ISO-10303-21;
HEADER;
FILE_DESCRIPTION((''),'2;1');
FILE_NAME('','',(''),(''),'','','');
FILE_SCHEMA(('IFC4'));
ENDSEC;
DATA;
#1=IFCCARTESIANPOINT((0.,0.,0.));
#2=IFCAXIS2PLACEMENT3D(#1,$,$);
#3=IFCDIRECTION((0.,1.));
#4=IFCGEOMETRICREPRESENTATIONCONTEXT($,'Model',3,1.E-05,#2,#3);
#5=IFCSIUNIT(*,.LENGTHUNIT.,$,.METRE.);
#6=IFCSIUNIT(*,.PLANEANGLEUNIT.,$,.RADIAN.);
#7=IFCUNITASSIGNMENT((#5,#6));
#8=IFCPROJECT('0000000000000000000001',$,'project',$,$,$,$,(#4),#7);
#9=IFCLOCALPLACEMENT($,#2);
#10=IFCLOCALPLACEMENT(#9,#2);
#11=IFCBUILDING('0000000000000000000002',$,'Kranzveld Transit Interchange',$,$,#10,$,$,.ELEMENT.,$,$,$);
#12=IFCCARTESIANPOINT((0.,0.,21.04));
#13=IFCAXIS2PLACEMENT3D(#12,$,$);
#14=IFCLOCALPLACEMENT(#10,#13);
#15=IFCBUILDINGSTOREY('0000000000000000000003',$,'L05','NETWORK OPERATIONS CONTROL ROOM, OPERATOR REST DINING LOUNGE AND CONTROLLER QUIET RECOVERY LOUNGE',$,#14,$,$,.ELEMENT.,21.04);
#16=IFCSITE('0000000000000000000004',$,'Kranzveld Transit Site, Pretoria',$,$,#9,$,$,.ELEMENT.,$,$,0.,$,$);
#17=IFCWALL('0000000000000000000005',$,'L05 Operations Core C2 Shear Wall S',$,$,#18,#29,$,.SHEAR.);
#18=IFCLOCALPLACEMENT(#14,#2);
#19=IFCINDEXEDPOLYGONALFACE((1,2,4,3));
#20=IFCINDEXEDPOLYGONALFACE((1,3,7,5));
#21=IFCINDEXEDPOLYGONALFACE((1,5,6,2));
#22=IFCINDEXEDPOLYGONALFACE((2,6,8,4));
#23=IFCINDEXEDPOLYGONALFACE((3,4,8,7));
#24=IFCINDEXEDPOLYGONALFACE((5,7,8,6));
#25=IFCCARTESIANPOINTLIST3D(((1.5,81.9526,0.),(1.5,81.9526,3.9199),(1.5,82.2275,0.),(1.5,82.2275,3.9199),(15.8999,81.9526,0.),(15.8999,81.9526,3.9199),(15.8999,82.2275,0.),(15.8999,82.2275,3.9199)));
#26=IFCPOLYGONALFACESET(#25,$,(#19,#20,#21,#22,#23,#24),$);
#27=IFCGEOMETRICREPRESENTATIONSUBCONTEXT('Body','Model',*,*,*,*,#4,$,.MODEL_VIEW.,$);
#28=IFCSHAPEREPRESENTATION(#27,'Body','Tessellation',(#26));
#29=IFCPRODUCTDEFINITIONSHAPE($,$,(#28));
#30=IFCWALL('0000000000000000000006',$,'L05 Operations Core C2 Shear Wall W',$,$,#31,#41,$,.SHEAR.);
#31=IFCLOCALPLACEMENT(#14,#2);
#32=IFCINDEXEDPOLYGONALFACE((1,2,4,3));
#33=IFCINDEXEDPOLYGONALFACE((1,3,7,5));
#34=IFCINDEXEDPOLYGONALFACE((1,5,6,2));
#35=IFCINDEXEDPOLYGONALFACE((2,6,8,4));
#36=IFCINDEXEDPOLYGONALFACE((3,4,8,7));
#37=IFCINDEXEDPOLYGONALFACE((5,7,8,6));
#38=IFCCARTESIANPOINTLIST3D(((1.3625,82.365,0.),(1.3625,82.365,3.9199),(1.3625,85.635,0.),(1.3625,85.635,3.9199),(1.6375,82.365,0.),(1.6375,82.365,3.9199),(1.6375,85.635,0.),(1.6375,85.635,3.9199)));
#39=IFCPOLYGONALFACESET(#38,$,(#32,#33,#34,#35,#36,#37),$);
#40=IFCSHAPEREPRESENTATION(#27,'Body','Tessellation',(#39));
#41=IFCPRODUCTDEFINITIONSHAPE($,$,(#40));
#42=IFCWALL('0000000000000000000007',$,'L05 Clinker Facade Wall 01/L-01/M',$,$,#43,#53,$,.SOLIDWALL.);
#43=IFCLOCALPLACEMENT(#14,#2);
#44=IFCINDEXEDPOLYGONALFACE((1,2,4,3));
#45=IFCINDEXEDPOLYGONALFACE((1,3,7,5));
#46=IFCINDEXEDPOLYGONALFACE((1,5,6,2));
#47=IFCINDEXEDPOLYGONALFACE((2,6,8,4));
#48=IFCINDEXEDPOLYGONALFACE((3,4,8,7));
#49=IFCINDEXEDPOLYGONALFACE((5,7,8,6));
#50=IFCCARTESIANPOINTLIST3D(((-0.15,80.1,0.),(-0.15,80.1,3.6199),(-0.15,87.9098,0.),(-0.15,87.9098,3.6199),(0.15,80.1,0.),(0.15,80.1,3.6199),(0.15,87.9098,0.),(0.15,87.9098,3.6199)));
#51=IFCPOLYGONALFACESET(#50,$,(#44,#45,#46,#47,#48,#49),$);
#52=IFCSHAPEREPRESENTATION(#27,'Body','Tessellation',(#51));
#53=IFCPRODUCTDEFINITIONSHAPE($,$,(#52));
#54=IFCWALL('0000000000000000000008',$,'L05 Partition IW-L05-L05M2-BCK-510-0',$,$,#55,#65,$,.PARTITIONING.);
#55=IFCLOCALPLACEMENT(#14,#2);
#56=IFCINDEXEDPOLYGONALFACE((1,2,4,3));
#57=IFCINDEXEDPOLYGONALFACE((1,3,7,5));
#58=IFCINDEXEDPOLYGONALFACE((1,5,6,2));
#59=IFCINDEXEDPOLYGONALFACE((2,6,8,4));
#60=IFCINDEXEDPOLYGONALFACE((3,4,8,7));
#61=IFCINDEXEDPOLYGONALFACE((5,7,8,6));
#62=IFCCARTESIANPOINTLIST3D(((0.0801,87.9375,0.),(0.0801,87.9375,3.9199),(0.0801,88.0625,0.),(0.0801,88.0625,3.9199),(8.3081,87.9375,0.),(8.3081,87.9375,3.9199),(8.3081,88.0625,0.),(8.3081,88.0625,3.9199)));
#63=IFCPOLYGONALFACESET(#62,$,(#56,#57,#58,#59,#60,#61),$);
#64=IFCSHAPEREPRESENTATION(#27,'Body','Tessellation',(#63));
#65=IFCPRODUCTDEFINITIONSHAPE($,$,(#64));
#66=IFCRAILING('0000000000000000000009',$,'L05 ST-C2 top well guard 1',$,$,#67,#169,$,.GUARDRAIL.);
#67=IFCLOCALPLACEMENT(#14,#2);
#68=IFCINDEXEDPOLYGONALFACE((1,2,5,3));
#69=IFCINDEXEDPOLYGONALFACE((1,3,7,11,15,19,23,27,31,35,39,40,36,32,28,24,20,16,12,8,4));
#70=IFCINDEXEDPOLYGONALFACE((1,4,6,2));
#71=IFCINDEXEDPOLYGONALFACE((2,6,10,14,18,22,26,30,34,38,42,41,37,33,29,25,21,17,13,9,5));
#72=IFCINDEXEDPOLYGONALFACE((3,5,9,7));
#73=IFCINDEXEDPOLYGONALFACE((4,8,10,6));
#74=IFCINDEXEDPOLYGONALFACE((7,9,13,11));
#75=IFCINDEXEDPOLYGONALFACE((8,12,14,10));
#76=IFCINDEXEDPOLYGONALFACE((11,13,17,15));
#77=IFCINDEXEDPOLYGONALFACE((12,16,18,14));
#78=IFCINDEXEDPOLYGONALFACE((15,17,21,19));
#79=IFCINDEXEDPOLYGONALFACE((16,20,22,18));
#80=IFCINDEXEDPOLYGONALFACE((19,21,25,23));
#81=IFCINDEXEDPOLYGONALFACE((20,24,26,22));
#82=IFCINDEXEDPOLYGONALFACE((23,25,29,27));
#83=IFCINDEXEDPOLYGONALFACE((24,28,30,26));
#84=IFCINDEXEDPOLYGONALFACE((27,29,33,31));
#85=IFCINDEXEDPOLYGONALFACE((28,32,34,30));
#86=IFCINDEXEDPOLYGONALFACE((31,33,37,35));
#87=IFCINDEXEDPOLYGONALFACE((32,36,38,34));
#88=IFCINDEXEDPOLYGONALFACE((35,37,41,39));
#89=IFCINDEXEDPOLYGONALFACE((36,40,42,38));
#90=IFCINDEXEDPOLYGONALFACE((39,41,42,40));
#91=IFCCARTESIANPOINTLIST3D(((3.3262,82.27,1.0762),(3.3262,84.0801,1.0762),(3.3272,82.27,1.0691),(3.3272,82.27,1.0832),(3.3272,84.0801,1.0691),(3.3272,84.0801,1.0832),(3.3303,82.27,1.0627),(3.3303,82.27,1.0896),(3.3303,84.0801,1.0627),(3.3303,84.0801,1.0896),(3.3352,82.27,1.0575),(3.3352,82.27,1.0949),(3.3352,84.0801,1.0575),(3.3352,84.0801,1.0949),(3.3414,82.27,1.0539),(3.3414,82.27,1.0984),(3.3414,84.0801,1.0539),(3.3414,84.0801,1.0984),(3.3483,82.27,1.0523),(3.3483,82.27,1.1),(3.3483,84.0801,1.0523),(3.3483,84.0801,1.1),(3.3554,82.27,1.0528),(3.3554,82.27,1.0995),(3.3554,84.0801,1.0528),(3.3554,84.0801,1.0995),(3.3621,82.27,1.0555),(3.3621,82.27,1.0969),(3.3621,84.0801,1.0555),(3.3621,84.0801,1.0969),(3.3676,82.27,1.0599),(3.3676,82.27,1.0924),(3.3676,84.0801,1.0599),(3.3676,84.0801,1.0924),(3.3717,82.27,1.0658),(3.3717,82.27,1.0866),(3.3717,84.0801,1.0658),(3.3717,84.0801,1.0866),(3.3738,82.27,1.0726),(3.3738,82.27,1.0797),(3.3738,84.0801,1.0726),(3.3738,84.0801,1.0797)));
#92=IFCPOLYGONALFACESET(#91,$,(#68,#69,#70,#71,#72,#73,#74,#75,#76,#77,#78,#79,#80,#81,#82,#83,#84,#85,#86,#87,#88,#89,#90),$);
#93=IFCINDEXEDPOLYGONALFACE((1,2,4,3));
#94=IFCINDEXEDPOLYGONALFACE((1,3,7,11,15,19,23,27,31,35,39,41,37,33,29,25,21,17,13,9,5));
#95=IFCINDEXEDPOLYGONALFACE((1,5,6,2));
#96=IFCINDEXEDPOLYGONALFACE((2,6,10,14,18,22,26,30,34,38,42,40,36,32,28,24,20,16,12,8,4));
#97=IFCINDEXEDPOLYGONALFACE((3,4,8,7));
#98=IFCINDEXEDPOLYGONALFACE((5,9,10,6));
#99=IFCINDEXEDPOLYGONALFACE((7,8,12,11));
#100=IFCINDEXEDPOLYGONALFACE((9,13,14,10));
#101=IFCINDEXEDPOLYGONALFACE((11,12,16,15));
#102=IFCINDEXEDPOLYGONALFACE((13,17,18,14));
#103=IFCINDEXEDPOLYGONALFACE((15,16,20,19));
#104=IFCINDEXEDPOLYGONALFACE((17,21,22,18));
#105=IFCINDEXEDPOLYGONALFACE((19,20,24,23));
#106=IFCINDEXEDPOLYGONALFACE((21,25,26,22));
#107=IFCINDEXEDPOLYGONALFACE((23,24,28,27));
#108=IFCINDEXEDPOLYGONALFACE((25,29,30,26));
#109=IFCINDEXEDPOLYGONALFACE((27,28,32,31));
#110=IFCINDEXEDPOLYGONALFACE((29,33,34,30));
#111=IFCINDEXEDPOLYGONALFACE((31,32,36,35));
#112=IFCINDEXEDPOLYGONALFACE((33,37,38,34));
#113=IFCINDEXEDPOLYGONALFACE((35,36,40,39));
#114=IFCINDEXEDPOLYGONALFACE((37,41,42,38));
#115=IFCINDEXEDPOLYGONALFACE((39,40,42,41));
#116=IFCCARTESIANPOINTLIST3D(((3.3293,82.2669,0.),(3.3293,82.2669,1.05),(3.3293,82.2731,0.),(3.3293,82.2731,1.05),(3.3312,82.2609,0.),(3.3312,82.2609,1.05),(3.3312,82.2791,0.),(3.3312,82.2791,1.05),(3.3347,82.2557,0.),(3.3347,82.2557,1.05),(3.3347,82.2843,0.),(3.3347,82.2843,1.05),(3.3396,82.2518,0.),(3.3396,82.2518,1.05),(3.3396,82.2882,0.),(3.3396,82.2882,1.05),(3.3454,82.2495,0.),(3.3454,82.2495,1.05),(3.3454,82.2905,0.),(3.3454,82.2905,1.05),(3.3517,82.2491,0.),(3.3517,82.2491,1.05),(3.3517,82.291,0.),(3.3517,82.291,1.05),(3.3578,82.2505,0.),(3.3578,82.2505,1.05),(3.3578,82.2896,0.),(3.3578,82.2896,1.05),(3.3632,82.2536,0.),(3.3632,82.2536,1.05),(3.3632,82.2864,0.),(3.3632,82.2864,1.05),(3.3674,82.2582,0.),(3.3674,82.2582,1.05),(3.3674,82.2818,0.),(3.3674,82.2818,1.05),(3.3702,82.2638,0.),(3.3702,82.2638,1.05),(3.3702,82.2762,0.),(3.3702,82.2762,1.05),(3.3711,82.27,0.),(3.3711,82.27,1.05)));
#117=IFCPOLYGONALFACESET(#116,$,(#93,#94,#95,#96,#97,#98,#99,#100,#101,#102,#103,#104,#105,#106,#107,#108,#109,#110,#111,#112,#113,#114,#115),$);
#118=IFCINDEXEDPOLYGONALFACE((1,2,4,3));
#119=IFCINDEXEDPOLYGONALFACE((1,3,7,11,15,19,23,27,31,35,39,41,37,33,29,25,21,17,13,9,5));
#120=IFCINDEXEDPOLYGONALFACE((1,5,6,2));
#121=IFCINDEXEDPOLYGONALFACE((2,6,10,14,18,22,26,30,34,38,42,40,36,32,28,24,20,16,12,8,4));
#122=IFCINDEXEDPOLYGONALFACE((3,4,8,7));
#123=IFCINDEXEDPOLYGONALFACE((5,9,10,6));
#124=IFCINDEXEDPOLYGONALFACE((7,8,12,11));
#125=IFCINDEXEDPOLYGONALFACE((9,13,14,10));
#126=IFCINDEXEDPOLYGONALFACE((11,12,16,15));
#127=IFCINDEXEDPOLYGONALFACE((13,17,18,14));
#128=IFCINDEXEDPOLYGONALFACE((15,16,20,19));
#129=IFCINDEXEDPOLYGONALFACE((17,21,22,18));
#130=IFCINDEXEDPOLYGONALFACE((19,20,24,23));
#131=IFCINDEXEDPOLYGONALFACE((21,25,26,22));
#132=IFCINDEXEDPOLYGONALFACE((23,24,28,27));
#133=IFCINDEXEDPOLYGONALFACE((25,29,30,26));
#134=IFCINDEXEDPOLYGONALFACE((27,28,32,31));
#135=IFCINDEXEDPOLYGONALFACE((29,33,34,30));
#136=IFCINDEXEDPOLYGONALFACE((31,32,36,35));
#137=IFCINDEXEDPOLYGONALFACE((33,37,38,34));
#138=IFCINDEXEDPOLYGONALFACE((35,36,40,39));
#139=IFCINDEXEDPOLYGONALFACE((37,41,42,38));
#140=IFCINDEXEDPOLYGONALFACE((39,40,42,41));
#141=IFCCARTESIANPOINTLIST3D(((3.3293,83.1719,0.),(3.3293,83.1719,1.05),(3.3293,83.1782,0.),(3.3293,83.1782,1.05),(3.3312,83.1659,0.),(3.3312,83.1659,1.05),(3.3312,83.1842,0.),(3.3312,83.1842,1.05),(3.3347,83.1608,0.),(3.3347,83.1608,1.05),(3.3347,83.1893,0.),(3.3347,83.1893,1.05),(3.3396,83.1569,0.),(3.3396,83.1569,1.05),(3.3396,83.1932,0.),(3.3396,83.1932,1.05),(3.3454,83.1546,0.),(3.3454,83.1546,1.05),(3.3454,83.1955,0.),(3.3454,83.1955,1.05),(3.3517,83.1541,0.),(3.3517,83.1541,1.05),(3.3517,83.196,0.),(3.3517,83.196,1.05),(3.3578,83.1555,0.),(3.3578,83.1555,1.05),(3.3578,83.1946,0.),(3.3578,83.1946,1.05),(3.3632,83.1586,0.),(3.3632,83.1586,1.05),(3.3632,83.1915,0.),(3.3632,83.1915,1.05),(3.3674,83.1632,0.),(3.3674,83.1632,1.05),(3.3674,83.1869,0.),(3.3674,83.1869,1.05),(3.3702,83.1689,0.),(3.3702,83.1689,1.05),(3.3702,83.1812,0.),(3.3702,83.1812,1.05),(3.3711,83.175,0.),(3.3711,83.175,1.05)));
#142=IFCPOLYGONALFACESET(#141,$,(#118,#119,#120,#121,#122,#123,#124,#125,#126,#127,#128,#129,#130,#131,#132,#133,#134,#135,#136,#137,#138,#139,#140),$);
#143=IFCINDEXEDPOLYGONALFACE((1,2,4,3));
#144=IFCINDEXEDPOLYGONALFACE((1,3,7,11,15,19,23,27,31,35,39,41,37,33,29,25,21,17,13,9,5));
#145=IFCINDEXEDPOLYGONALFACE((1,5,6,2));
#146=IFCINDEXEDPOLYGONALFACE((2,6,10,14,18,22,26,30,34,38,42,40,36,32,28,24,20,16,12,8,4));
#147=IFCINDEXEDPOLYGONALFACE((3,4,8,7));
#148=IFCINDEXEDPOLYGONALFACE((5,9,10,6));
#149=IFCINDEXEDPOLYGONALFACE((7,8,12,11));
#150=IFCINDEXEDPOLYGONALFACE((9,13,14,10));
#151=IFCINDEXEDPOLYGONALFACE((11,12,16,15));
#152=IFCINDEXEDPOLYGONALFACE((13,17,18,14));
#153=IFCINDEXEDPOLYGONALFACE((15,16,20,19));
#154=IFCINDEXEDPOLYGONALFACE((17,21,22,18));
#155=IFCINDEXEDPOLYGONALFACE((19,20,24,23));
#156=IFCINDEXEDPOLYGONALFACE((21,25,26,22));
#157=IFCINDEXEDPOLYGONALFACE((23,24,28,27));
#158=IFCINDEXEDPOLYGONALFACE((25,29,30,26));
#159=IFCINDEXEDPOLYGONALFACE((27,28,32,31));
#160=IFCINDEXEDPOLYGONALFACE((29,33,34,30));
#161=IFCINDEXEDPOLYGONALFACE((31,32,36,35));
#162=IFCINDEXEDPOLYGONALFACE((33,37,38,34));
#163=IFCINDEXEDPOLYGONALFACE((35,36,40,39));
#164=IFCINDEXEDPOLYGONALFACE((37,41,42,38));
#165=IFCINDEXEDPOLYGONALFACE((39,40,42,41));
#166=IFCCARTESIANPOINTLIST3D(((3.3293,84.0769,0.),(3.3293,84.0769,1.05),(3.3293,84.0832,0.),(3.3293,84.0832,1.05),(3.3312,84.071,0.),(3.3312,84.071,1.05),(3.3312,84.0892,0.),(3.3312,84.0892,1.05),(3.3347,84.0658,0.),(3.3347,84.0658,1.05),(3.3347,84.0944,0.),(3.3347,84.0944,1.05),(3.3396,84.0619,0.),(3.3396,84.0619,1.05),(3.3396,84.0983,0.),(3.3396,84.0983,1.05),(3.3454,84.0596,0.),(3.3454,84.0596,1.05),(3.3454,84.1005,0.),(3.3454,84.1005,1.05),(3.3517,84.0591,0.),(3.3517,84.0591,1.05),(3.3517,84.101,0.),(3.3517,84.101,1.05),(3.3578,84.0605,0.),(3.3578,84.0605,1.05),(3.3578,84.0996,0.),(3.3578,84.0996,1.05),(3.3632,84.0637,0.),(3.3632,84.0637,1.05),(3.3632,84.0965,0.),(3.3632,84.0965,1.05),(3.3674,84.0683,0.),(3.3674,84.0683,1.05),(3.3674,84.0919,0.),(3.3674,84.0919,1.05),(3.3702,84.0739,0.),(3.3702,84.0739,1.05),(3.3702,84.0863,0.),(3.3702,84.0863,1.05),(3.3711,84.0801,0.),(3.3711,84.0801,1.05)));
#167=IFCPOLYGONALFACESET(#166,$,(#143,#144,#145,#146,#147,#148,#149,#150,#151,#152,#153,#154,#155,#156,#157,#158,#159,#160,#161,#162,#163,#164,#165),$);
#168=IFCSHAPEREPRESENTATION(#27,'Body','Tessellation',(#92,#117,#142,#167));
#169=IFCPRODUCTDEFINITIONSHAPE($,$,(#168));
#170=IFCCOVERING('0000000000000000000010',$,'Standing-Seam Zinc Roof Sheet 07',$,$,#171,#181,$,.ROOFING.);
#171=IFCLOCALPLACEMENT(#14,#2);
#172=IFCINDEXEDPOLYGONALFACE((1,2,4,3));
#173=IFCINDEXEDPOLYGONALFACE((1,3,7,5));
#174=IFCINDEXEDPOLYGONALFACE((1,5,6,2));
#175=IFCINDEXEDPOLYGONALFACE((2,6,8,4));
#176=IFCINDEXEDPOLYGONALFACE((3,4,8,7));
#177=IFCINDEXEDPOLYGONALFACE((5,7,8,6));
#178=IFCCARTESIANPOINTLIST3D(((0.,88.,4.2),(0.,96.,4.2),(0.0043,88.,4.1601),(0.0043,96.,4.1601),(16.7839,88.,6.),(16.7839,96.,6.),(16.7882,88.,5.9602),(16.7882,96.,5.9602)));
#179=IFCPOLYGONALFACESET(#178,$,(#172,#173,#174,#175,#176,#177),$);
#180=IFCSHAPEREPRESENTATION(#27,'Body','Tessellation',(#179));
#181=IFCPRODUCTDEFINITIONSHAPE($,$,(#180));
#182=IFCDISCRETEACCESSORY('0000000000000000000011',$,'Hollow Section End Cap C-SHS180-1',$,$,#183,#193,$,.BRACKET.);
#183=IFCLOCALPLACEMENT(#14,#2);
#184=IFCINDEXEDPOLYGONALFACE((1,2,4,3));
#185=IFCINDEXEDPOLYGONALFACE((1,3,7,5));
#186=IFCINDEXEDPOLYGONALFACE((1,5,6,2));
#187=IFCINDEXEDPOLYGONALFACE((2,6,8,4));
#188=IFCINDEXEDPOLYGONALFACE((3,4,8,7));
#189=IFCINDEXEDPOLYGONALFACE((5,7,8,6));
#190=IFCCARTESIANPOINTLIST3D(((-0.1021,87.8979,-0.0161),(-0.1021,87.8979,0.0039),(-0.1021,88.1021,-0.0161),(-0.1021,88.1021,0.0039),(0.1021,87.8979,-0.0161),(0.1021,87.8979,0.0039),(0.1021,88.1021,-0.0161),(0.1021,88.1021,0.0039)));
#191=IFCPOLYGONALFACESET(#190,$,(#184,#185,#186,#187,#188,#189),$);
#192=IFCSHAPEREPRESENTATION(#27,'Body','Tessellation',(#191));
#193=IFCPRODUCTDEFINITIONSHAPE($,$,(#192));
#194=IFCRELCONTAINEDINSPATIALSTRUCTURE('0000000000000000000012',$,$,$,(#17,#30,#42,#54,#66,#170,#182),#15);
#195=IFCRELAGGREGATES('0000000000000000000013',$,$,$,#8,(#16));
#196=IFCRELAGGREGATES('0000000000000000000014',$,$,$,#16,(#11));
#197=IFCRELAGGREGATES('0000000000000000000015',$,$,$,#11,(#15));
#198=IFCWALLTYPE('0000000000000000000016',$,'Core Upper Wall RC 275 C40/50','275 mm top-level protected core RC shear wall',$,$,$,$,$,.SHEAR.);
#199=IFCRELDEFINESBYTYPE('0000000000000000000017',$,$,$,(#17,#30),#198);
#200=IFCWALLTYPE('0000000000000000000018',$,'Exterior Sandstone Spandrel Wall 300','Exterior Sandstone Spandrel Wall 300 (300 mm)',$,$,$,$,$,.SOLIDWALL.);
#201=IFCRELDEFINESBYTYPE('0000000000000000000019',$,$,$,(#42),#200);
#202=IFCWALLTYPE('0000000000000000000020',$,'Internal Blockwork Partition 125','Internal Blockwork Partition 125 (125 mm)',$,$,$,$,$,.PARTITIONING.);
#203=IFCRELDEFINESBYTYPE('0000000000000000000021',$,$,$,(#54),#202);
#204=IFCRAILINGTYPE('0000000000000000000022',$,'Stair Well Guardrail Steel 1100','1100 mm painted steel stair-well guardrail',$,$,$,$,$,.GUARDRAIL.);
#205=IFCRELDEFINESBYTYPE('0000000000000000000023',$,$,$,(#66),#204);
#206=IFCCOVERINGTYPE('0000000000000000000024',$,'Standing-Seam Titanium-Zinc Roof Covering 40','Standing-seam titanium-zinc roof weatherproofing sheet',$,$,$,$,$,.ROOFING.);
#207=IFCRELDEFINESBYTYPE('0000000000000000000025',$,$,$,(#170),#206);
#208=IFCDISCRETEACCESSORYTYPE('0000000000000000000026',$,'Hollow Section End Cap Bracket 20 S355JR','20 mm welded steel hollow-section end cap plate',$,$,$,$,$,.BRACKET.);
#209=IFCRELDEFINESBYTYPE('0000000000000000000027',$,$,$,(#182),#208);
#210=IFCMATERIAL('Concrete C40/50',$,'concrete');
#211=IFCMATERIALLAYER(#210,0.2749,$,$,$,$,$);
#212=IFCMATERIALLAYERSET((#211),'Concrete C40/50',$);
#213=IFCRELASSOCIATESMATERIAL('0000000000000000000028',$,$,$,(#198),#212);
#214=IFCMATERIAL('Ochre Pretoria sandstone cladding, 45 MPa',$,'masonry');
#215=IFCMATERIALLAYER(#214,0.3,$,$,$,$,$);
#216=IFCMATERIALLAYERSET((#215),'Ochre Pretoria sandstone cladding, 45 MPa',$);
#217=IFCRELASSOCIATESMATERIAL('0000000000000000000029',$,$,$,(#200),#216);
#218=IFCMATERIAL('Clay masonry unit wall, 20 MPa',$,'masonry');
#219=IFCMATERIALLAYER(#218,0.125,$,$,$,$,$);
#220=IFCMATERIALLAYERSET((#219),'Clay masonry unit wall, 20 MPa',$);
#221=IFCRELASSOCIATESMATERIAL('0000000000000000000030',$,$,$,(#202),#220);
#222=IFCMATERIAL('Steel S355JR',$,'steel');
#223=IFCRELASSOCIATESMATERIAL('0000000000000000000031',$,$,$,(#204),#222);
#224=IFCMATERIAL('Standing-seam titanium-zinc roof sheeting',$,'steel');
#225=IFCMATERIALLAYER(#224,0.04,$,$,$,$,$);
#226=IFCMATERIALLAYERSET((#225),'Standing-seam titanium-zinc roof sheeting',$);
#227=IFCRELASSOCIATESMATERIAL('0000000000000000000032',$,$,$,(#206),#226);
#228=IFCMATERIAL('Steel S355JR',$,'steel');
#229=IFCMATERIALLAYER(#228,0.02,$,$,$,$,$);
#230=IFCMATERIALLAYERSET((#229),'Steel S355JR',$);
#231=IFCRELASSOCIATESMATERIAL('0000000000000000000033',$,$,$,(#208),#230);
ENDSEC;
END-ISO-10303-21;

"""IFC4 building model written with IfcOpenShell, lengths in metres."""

from ifc_helpers import new_model, si_unit, direction, frame, frame_2d, origin, origin_2d, place, context, subcontext, project, spatial, polyline, rectangle, circle, outline, extrude, material, layer, layer_set, type_object, element, save


model = new_model("IFC4")

# Units and contexts
model_context = context("Model", 3, precision=1e-05, world=origin(), true_north=direction((0.0, 1.0)))
body_context = subcontext(model_context, "Body", "Model", "MODEL_VIEW")
ifc_project = project(units=[si_unit("LENGTHUNIT", "METRE"), si_unit("PLANEANGLEUNIT", "RADIAN")], contexts=[model_context])

# Site, building, storey
site_placement = place(None, origin())
site = spatial("IfcSite", under=ifc_project, at=site_placement, Name="Kranzveld Transit Site, Pretoria", CompositionType="ELEMENT", RefElevation=0.0)
building_placement = place(site_placement, origin())
building = spatial("IfcBuilding", under=site, at=building_placement, Name="Kranzveld Transit Interchange", CompositionType="ELEMENT")
storey_placement = place(building_placement, frame((0.0, 0.0, 21.04)))
storey = spatial("IfcBuildingStorey", under=building, at=storey_placement, Name="L05", Description="NETWORK OPERATIONS CONTROL ROOM, OPERATOR REST DINING LOUNGE AND CONTROLLER QUIET RECOVERY LOUNGE", CompositionType="ELEMENT", Elevation=21.04)

# Wall
ifc_material_1 = material(Name="Concrete C40/50", Category="concrete")
ifc_layer_1 = layer(ifc_material_1, 0.2749)
ifc_layer_set_1 = layer_set([ifc_layer_1], Name="Concrete C40/50")
wall_type_1 = type_object("IfcWallType", Name="Core Upper Wall RC 275 C40/50", Description="275 mm top-level protected core RC shear wall", PredefinedType="SHEAR", material=ifc_layer_set_1)
wall_1_placement = place(storey_placement, frame((1.5, 82.0901, 0.0), z_axis=(0.0, 0.0, 1.0), x_axis=(1.0, 0.0, 0.0)))
element("IfcWall", 1, at=wall_1_placement, inside=storey, type_object=wall_type_1, Name="L05 Operations Core C2 Shear Wall S", PredefinedType="SHEAR", context=body_context, shape_type="SweptSolid", body=[
    extrude(rectangle(XDim=14.3999, YDim=0.2749, at=frame_2d((7.2, 0.0))), origin(), (0.0, 0.0, 1.0), 3.9199),
])

# Walls
wall_2_placement = place(storey_placement, frame((1.5, 82.365, 0.0), z_axis=(0.0, 0.0, 1.0), x_axis=(0.0, 1.0, 0.0)))
element("IfcWall", 2, at=wall_2_placement, inside=storey, type_object=wall_type_1, Name="L05 Operations Core C2 Shear Wall W", PredefinedType="SHEAR", context=body_context, shape_type="SweptSolid", body=[
    extrude(rectangle(XDim=3.27, YDim=0.2749, at=frame_2d((1.635, 0.0))), origin(), (0.0, 0.0, 1.0), 3.9199),
])
ifc_material_2 = material(Name="Ochre Pretoria sandstone cladding, 45 MPa", Category="masonry")
ifc_layer_2 = layer(ifc_material_2, 0.3)
ifc_layer_set_2 = layer_set([ifc_layer_2], Name="Ochre Pretoria sandstone cladding, 45 MPa")
wall_type_2 = type_object("IfcWallType", Name="Exterior Sandstone Spandrel Wall 300", Description="Exterior Sandstone Spandrel Wall 300 (300 mm)", PredefinedType="SOLIDWALL", material=ifc_layer_set_2)
wall_3_placement = place(storey_placement, frame((0.0, 80.1001, 0.0), z_axis=(0.0, 0.0, 1.0), x_axis=(0.0, 1.0, 0.0)))
element("IfcWall", 3, at=wall_3_placement, inside=storey, type_object=wall_type_2, Name="L05 Clinker Facade Wall 01/L-01/M", PredefinedType="SOLIDWALL", context=body_context, shape_type="SweptSolid", body=[
    extrude(rectangle(XDim=7.8098, YDim=0.3, at=frame_2d((3.9048, 0.0))), origin(), (0.0, 0.0, 1.0), 3.6199),
])
ifc_material_3 = material(Name="Clay masonry unit wall, 20 MPa", Category="masonry")
ifc_layer_3 = layer(ifc_material_3, 0.125)
ifc_layer_set_3 = layer_set([ifc_layer_3], Name="Clay masonry unit wall, 20 MPa")
wall_type_3 = type_object("IfcWallType", Name="Internal Blockwork Partition 125", Description="Internal Blockwork Partition 125 (125 mm)", PredefinedType="PARTITIONING", material=ifc_layer_set_3)
wall_4_placement = place(storey_placement, frame((0.0801, 88.0, 0.0), z_axis=(0.0, 0.0, 1.0), x_axis=(1.0, 0.0, 0.0)))
element("IfcWall", 4, at=wall_4_placement, inside=storey, type_object=wall_type_3, Name="L05 Partition IW-L05-L05M2-BCK-510-0", PredefinedType="PARTITIONING", context=body_context, shape_type="SweptSolid", body=[
    extrude(rectangle(XDim=8.228, YDim=0.125, at=frame_2d((4.114, 0.0))), origin(), (0.0, 0.0, 1.0), 3.9199),
])

# Railing
ifc_material_4 = material(Name="Steel S355JR", Category="steel")
railing_type = type_object("IfcRailingType", Name="Stair Well Guardrail Steel 1100", Description="1100 mm painted steel stair-well guardrail", PredefinedType="GUARDRAIL", material=ifc_material_4)
railing_placement = place(storey_placement, frame((3.3501, 82.27, 0.0)))
element("IfcRailing", 5, at=railing_placement, inside=storey, type_object=railing_type, Name="L05 ST-C2 top well guard 1", PredefinedType="GUARDRAIL", context=body_context, shape_type="SweptSolid", body=[
    extrude(circle(Radius=0.0239, at=origin_2d()), frame((0.0, 0.0, 1.0762), z_axis=(0.0, 1.0, 0.0), x_axis=(-1.0, 0.0, 0.0)), (0.0, 0.0, 1.0), 1.8101),
    extrude(circle(Radius=0.021, at=origin_2d()), origin(), (0.0, 0.0, 1.0), 1.05),
    extrude(circle(Radius=0.021, at=origin_2d()), frame((0.0, 0.905, 0.0)), (0.0, 0.0, 1.0), 1.05),
    extrude(circle(Radius=0.021, at=origin_2d()), frame((0.0, 1.8101, 0.0)), (0.0, 0.0, 1.0), 1.05),
])

# Covering
ifc_material_5 = material(Name="Standing-seam titanium-zinc roof sheeting", Category="steel")
ifc_layer_4 = layer(ifc_material_5, 0.04)
ifc_layer_set_4 = layer_set([ifc_layer_4], Name="Standing-seam titanium-zinc roof sheeting")
covering_type = type_object("IfcCoveringType", Name="Standing-Seam Titanium-Zinc Roof Covering 40", Description="Standing-seam titanium-zinc roof weatherproofing sheet", PredefinedType="ROOFING", material=ifc_layer_set_4)
covering_placement = place(storey_placement, frame((0.0, 88.0, 4.2), z_axis=(-0.106637, 0.0, 0.994298), x_axis=(0.994298, 0.0, 0.106637)))
element("IfcCovering", 6, at=covering_placement, inside=storey, type_object=covering_type, Name="Standing-Seam Zinc Roof Sheet 07", PredefinedType="ROOFING", context=body_context, shape_type="SweptSolid", body=[
    extrude(outline(polyline([(0.0, 0.0), (16.8802, 0.0), (16.8802, 8.0), (0.0, 8.0), (0.0, 0.0)])), origin(), (0.0, 0.0, -1.0), 0.04),
])

# Discrete accessory
ifc_material_6 = material(Name="Steel S355JR", Category="steel")
ifc_layer_5 = layer(ifc_material_6, 0.02)
ifc_layer_set_5 = layer_set([ifc_layer_5], Name="Steel S355JR")
discrete_accessory_type = type_object("IfcDiscreteAccessoryType", Name="Hollow Section End Cap Bracket 20 S355JR", Description="20 mm welded steel hollow-section end cap plate", PredefinedType="BRACKET", material=ifc_layer_set_5)
for number, where, z_axis, x_axis, name in (
    (7, (0.0, 88.0, 0.0039), (0.0, 0.0, -1.0), (1.0, 0.0, 0.0), "Hollow Section End Cap C-SHS180-1"),
):
    element("IfcDiscreteAccessory", number, at=place(storey_placement, frame(where, z_axis=z_axis, x_axis=x_axis)), inside=storey, type_object=discrete_accessory_type, Name=name, PredefinedType="BRACKET", context=body_context, shape_type="SweptSolid", body=[
        extrude(rectangle(XDim=0.2041, YDim=0.2041, at=origin_2d()), origin(), (0.0, 0.0, 1.0), 0.02),
    ])

save(model, "model.ifc")
